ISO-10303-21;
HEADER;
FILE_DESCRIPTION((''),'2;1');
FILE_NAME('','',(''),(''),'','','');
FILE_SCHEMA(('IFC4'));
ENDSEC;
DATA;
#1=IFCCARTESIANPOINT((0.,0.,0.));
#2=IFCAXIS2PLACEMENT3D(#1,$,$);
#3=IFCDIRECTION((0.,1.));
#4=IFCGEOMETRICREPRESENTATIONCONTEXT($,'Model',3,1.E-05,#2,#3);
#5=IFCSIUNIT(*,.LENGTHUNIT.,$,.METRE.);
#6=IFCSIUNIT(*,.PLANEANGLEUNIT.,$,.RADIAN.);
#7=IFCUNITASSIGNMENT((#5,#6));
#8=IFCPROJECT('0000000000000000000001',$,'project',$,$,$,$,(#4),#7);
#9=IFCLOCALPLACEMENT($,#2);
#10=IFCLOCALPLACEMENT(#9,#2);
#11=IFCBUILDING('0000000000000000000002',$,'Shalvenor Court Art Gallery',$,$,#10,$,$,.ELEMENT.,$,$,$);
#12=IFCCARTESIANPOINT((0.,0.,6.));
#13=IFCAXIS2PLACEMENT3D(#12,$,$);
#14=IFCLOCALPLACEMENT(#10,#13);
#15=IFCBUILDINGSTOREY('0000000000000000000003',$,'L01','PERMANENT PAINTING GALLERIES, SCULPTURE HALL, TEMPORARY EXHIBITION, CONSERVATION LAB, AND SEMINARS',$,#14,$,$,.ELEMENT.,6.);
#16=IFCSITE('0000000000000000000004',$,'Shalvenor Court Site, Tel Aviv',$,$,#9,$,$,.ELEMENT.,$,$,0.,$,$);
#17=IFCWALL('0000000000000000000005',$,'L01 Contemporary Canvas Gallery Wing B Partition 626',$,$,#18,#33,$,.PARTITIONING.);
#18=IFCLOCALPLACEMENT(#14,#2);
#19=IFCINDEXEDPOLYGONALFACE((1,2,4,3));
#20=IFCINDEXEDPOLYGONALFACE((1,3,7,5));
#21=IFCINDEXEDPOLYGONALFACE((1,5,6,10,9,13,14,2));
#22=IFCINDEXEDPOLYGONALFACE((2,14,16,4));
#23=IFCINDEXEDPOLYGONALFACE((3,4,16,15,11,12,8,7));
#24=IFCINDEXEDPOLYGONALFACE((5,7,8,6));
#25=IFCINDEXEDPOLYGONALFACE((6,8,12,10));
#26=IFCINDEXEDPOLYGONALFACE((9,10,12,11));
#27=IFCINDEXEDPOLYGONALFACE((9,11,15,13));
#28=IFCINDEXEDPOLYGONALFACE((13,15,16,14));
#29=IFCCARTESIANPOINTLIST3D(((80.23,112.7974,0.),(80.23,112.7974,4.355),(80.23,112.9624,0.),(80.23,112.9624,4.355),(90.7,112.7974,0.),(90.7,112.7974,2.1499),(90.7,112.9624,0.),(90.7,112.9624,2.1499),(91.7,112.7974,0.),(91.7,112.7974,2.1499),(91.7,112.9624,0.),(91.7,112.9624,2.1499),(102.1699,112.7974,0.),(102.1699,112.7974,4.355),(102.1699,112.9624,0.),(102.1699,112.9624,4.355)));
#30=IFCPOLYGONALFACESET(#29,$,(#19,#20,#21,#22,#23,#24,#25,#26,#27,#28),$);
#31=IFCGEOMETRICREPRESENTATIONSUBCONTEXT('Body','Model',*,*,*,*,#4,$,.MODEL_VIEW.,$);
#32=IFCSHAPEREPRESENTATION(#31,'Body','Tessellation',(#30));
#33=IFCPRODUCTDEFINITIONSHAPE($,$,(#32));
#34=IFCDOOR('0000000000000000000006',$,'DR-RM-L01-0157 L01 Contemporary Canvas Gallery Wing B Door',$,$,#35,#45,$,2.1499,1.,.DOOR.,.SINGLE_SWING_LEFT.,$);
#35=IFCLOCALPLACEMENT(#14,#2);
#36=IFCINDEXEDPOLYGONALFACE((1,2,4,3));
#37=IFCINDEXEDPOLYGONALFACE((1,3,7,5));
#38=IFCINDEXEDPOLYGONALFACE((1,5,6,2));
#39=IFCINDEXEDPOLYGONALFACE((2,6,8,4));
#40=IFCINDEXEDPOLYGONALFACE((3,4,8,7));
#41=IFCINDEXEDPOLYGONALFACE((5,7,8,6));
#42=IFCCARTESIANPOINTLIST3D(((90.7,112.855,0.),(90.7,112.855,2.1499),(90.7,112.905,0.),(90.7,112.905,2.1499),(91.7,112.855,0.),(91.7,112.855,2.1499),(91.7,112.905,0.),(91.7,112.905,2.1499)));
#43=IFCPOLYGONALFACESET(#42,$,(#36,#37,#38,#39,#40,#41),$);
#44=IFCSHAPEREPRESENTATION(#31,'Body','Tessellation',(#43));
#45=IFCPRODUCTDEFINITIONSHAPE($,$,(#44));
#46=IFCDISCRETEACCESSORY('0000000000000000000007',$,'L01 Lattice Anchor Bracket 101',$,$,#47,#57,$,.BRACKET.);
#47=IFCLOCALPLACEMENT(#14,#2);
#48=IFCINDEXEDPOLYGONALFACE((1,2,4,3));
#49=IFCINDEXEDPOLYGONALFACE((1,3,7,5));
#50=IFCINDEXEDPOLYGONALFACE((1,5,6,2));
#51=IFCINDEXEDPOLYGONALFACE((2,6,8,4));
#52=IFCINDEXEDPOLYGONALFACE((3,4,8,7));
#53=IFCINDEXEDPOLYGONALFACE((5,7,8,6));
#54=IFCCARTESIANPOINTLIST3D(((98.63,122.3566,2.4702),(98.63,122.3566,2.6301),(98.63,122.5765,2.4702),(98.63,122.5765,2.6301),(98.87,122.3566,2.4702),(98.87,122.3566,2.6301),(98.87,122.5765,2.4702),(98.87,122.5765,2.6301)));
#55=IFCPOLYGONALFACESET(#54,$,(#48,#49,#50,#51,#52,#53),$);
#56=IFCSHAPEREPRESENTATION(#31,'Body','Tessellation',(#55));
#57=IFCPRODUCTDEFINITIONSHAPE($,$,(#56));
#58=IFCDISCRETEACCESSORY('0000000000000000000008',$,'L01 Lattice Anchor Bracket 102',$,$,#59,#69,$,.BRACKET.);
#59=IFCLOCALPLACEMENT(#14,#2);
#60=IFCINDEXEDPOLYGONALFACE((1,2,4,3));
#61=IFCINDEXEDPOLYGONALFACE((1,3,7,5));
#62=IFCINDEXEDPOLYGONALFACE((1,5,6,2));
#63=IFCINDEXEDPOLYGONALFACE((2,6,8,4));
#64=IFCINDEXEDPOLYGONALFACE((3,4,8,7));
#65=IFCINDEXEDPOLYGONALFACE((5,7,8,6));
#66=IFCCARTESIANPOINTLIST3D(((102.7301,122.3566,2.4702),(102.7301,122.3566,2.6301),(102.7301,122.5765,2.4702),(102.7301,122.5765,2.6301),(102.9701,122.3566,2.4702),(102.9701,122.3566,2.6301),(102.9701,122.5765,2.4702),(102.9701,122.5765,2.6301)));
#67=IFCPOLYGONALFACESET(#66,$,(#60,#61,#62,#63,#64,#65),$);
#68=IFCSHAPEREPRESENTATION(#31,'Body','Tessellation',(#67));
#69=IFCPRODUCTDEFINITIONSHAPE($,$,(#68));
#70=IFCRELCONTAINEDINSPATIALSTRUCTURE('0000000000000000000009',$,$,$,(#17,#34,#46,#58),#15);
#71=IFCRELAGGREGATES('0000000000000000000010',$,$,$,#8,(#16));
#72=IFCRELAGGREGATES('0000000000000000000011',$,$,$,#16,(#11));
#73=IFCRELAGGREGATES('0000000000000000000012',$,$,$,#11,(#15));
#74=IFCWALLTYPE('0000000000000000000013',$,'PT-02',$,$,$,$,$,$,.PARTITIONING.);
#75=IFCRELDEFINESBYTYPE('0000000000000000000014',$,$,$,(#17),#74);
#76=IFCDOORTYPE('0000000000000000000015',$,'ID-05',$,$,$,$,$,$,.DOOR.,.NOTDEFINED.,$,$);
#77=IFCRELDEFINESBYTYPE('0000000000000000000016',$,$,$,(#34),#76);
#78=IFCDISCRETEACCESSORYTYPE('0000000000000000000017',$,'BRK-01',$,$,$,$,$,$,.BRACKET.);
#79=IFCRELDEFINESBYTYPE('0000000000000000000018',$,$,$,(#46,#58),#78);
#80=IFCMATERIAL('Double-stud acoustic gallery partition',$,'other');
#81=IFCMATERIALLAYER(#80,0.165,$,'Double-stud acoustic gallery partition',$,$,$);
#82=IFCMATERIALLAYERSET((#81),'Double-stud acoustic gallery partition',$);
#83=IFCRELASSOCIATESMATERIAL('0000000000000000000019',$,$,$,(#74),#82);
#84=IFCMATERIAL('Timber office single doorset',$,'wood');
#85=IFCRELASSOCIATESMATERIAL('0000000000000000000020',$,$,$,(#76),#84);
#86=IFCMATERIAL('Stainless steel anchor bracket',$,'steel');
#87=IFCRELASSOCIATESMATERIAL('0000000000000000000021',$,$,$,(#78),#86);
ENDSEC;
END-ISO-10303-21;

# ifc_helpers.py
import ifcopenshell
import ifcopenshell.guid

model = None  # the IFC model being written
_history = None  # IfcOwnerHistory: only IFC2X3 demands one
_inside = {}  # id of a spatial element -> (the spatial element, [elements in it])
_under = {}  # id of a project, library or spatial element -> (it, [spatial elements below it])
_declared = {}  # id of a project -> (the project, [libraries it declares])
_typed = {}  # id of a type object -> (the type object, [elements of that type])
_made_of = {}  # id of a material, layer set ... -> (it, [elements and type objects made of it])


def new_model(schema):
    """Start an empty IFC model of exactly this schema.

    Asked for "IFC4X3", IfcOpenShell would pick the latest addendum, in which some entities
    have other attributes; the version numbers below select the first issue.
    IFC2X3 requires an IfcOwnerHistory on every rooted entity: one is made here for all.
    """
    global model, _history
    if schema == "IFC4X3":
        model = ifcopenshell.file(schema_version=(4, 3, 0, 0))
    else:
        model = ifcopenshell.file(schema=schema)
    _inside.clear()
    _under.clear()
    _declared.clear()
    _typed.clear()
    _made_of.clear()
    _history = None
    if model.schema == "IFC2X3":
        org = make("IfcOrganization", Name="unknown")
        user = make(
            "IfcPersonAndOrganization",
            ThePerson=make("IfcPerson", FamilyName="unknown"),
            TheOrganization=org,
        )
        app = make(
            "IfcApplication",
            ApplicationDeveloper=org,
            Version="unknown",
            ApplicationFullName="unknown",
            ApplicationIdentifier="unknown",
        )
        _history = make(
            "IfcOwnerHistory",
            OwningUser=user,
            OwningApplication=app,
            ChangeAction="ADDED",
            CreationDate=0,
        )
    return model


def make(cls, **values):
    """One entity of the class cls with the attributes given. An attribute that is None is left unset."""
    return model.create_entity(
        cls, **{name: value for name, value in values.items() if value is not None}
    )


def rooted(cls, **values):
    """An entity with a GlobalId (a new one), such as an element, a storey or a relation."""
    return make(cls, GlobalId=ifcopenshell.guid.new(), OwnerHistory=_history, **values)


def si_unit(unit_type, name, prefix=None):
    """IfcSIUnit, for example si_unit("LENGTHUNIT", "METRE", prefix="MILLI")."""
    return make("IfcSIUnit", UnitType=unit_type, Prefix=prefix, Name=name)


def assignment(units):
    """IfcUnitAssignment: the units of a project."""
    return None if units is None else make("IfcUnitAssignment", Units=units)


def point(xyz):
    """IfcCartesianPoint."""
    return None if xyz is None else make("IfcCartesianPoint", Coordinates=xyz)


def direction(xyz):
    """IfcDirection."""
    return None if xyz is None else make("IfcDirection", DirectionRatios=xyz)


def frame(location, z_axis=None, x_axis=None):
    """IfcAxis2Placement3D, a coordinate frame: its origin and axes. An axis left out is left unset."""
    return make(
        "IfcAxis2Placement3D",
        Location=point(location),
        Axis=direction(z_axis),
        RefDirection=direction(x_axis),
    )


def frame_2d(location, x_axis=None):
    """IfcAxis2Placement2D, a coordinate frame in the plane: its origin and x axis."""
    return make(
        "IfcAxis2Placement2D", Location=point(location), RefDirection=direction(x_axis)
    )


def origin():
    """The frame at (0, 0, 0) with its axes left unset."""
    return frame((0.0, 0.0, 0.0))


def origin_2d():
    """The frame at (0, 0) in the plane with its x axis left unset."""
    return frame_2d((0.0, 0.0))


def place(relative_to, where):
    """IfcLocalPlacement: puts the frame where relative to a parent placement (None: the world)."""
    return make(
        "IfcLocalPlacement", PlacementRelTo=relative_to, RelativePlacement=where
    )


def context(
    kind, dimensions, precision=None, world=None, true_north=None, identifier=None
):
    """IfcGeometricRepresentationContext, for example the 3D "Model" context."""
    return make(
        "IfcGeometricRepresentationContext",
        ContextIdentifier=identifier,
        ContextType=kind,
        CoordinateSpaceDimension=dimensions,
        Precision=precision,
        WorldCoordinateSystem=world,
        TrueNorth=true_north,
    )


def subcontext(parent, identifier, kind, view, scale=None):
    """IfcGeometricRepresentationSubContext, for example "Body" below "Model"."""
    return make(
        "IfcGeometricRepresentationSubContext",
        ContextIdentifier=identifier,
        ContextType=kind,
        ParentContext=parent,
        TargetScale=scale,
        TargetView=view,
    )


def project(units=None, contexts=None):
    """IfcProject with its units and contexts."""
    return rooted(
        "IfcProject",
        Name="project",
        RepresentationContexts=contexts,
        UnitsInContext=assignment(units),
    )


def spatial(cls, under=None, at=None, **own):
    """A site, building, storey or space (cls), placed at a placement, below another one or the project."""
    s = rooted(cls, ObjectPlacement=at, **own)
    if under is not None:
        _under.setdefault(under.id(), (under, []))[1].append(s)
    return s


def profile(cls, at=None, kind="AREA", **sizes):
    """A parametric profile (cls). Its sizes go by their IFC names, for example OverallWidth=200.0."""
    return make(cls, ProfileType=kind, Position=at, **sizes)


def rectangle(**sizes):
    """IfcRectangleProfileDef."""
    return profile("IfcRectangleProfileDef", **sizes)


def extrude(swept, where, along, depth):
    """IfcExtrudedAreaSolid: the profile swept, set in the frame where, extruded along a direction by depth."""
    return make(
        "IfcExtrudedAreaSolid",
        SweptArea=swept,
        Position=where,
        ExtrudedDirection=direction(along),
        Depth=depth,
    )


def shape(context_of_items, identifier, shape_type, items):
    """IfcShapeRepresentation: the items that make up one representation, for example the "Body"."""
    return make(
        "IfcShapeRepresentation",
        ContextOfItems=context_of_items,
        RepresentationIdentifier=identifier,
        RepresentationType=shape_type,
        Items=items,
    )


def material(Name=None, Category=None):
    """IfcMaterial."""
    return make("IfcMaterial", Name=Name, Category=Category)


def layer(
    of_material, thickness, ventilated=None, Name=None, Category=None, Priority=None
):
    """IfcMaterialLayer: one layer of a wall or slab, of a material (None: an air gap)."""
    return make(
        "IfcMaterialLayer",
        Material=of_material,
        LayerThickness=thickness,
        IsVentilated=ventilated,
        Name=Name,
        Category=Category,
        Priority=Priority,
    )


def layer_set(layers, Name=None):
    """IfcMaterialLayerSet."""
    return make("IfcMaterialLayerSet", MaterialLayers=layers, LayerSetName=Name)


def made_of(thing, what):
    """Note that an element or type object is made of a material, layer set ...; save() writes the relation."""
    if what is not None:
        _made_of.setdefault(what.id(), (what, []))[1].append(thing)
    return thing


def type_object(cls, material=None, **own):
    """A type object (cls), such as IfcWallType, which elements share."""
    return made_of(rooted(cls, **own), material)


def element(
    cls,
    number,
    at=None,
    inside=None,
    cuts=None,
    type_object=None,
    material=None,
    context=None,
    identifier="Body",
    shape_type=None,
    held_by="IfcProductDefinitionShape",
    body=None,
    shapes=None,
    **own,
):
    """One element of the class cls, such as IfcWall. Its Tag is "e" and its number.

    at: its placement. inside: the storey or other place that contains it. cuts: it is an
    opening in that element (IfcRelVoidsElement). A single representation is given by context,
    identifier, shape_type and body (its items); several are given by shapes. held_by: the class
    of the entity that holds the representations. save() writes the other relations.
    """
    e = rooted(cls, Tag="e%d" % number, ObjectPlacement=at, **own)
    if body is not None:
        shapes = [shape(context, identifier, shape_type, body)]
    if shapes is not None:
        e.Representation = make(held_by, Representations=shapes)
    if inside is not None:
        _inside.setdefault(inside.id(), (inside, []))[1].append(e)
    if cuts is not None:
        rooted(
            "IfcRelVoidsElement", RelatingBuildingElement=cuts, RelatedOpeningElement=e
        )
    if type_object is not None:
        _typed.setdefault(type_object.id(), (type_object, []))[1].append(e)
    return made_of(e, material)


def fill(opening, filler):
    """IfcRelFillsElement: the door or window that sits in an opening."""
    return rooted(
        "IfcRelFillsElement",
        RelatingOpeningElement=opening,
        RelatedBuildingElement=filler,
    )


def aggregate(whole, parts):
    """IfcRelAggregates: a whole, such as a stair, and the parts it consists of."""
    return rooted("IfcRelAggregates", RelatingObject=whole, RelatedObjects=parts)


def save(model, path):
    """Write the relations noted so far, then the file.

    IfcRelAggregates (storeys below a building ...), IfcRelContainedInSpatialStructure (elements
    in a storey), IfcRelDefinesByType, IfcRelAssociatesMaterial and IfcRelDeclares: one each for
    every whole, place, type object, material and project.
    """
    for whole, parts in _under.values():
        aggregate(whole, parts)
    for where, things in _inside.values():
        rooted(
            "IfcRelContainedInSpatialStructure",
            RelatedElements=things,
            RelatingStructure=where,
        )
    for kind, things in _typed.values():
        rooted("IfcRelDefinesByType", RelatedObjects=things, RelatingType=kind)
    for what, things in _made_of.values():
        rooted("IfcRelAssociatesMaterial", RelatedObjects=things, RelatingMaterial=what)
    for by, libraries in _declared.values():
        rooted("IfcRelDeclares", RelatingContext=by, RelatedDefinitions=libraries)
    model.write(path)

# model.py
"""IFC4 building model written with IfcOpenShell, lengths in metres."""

from ifc_helpers import new_model, si_unit, direction, frame, frame_2d, origin, origin_2d, place, context, subcontext, project, spatial, rectangle, extrude, material, layer, layer_set, type_object, element, fill, save


model = new_model("IFC4")

# Units and contexts
model_context = context("Model", 3, precision=1e-05, world=origin(), true_north=direction((0.0, 1.0)))
body_context = subcontext(model_context, "Body", "Model", "MODEL_VIEW")
ifc_project = project(units=[si_unit("LENGTHUNIT", "METRE"), si_unit("PLANEANGLEUNIT", "RADIAN")], contexts=[model_context])

# Site, building, storey
site_placement = place(None, origin())
site = spatial("IfcSite", under=ifc_project, at=site_placement, Name="Shalvenor Court Site, Tel Aviv", CompositionType="ELEMENT", RefElevation=0.0)
building_placement = place(site_placement, origin())
building = spatial("IfcBuilding", under=site, at=building_placement, Name="Shalvenor Court Art Gallery", CompositionType="ELEMENT")
storey_placement = place(building_placement, frame((0.0, 0.0, 6.0)))
storey = spatial("IfcBuildingStorey", under=building, at=storey_placement, Name="L01", Description="PERMANENT PAINTING GALLERIES, SCULPTURE HALL, TEMPORARY EXHIBITION, CONSERVATION LAB, AND SEMINARS", CompositionType="ELEMENT", Elevation=6.0)

# Wall, opening, door
ifc_material_1 = material(Name="Double-stud acoustic gallery partition", Category="other")
ifc_layer_1 = layer(ifc_material_1, 0.165, Name="Double-stud acoustic gallery partition")
ifc_layer_set_1 = layer_set([ifc_layer_1], Name="Double-stud acoustic gallery partition")
wall_type = type_object("IfcWallType", Name="PT-02", PredefinedType="PARTITIONING", material=ifc_layer_set_1)
wall_placement = place(storey_placement, frame((102.1699, 112.8799, 0.0), z_axis=(0.0, 0.0, 1.0), x_axis=(-1.0, 0.0, 0.0)))
wall = element("IfcWall", 1, at=wall_placement, inside=storey, type_object=wall_type, Name="L01 Contemporary Canvas Gallery Wing B Partition 626", PredefinedType="PARTITIONING", context=body_context, shape_type="SweptSolid", body=[
    extrude(rectangle(XDim=21.9399, YDim=0.165, at=frame_2d((10.97, 0.0))), origin(), (0.0, 0.0, 1.0), 4.355),
])
opening_placement = place(wall_placement, frame((10.47, 0.0, 0.0)))
opening = element("IfcOpeningElement", 2, at=opening_placement, cuts=wall, PredefinedType="OPENING", context=body_context, shape_type="SweptSolid", body=[
    extrude(rectangle(XDim=1.0, YDim=2.1499, at=frame_2d((0.5, 1.075))), frame((0.0, 0.0925, 0.0), z_axis=(0.0, -1.0, 0.0), x_axis=(1.0, 0.0, 0.0)), (0.0, 0.0, 1.0), 0.1851),
])
ifc_material_2 = material(Name="Timber office single doorset", Category="wood")
door_type = type_object("IfcDoorType", Name="ID-05", OperationType="NOTDEFINED", PredefinedType="DOOR", material=ifc_material_2)
door_placement = place(opening_placement, origin())
door = element("IfcDoor", 3, at=door_placement, inside=storey, type_object=door_type, Name="DR-RM-L01-0157 L01 Contemporary Canvas Gallery Wing B Door", OperationType="SINGLE_SWING_LEFT", OverallHeight=2.1499, OverallWidth=1.0, PredefinedType="DOOR", context=body_context, shape_type="SweptSolid", body=[
    extrude(rectangle(XDim=1.0, YDim=2.1499, at=frame_2d((0.5, 1.075))), frame((0.0, 0.0249, 0.0), z_axis=(0.0, -1.0, 0.0), x_axis=(1.0, 0.0, 0.0)), (0.0, 0.0, 1.0), 0.05),
])
fill(opening, door)

# Discrete accessories
ifc_material_3 = material(Name="Stainless steel anchor bracket", Category="steel")
discrete_accessory_type = type_object("IfcDiscreteAccessoryType", Name="BRK-01", PredefinedType="BRACKET", material=ifc_material_3)
for number, where, z_axis, x_axis, name in (
    (4, (98.75, 122.4666, 2.4702), (0.0, 0.0, 1.0), (1.0, 0.0, 0.0), "L01 Lattice Anchor Bracket 101"),
    (5, (102.8501, 122.4666, 2.4702), (0.0, 0.0, 1.0), (1.0, 0.0, 0.0), "L01 Lattice Anchor Bracket 102"),
):
    element("IfcDiscreteAccessory", number, at=place(storey_placement, frame(where, z_axis=z_axis, x_axis=x_axis)), inside=storey, type_object=discrete_accessory_type, Name=name, PredefinedType="BRACKET", context=body_context, shape_type="SweptSolid", body=[
        extrude(rectangle(XDim=0.24, YDim=0.22, at=origin_2d()), origin(), (0.0, 0.0, 1.0), 0.1599),
    ])

save(model, "model.ifc")
